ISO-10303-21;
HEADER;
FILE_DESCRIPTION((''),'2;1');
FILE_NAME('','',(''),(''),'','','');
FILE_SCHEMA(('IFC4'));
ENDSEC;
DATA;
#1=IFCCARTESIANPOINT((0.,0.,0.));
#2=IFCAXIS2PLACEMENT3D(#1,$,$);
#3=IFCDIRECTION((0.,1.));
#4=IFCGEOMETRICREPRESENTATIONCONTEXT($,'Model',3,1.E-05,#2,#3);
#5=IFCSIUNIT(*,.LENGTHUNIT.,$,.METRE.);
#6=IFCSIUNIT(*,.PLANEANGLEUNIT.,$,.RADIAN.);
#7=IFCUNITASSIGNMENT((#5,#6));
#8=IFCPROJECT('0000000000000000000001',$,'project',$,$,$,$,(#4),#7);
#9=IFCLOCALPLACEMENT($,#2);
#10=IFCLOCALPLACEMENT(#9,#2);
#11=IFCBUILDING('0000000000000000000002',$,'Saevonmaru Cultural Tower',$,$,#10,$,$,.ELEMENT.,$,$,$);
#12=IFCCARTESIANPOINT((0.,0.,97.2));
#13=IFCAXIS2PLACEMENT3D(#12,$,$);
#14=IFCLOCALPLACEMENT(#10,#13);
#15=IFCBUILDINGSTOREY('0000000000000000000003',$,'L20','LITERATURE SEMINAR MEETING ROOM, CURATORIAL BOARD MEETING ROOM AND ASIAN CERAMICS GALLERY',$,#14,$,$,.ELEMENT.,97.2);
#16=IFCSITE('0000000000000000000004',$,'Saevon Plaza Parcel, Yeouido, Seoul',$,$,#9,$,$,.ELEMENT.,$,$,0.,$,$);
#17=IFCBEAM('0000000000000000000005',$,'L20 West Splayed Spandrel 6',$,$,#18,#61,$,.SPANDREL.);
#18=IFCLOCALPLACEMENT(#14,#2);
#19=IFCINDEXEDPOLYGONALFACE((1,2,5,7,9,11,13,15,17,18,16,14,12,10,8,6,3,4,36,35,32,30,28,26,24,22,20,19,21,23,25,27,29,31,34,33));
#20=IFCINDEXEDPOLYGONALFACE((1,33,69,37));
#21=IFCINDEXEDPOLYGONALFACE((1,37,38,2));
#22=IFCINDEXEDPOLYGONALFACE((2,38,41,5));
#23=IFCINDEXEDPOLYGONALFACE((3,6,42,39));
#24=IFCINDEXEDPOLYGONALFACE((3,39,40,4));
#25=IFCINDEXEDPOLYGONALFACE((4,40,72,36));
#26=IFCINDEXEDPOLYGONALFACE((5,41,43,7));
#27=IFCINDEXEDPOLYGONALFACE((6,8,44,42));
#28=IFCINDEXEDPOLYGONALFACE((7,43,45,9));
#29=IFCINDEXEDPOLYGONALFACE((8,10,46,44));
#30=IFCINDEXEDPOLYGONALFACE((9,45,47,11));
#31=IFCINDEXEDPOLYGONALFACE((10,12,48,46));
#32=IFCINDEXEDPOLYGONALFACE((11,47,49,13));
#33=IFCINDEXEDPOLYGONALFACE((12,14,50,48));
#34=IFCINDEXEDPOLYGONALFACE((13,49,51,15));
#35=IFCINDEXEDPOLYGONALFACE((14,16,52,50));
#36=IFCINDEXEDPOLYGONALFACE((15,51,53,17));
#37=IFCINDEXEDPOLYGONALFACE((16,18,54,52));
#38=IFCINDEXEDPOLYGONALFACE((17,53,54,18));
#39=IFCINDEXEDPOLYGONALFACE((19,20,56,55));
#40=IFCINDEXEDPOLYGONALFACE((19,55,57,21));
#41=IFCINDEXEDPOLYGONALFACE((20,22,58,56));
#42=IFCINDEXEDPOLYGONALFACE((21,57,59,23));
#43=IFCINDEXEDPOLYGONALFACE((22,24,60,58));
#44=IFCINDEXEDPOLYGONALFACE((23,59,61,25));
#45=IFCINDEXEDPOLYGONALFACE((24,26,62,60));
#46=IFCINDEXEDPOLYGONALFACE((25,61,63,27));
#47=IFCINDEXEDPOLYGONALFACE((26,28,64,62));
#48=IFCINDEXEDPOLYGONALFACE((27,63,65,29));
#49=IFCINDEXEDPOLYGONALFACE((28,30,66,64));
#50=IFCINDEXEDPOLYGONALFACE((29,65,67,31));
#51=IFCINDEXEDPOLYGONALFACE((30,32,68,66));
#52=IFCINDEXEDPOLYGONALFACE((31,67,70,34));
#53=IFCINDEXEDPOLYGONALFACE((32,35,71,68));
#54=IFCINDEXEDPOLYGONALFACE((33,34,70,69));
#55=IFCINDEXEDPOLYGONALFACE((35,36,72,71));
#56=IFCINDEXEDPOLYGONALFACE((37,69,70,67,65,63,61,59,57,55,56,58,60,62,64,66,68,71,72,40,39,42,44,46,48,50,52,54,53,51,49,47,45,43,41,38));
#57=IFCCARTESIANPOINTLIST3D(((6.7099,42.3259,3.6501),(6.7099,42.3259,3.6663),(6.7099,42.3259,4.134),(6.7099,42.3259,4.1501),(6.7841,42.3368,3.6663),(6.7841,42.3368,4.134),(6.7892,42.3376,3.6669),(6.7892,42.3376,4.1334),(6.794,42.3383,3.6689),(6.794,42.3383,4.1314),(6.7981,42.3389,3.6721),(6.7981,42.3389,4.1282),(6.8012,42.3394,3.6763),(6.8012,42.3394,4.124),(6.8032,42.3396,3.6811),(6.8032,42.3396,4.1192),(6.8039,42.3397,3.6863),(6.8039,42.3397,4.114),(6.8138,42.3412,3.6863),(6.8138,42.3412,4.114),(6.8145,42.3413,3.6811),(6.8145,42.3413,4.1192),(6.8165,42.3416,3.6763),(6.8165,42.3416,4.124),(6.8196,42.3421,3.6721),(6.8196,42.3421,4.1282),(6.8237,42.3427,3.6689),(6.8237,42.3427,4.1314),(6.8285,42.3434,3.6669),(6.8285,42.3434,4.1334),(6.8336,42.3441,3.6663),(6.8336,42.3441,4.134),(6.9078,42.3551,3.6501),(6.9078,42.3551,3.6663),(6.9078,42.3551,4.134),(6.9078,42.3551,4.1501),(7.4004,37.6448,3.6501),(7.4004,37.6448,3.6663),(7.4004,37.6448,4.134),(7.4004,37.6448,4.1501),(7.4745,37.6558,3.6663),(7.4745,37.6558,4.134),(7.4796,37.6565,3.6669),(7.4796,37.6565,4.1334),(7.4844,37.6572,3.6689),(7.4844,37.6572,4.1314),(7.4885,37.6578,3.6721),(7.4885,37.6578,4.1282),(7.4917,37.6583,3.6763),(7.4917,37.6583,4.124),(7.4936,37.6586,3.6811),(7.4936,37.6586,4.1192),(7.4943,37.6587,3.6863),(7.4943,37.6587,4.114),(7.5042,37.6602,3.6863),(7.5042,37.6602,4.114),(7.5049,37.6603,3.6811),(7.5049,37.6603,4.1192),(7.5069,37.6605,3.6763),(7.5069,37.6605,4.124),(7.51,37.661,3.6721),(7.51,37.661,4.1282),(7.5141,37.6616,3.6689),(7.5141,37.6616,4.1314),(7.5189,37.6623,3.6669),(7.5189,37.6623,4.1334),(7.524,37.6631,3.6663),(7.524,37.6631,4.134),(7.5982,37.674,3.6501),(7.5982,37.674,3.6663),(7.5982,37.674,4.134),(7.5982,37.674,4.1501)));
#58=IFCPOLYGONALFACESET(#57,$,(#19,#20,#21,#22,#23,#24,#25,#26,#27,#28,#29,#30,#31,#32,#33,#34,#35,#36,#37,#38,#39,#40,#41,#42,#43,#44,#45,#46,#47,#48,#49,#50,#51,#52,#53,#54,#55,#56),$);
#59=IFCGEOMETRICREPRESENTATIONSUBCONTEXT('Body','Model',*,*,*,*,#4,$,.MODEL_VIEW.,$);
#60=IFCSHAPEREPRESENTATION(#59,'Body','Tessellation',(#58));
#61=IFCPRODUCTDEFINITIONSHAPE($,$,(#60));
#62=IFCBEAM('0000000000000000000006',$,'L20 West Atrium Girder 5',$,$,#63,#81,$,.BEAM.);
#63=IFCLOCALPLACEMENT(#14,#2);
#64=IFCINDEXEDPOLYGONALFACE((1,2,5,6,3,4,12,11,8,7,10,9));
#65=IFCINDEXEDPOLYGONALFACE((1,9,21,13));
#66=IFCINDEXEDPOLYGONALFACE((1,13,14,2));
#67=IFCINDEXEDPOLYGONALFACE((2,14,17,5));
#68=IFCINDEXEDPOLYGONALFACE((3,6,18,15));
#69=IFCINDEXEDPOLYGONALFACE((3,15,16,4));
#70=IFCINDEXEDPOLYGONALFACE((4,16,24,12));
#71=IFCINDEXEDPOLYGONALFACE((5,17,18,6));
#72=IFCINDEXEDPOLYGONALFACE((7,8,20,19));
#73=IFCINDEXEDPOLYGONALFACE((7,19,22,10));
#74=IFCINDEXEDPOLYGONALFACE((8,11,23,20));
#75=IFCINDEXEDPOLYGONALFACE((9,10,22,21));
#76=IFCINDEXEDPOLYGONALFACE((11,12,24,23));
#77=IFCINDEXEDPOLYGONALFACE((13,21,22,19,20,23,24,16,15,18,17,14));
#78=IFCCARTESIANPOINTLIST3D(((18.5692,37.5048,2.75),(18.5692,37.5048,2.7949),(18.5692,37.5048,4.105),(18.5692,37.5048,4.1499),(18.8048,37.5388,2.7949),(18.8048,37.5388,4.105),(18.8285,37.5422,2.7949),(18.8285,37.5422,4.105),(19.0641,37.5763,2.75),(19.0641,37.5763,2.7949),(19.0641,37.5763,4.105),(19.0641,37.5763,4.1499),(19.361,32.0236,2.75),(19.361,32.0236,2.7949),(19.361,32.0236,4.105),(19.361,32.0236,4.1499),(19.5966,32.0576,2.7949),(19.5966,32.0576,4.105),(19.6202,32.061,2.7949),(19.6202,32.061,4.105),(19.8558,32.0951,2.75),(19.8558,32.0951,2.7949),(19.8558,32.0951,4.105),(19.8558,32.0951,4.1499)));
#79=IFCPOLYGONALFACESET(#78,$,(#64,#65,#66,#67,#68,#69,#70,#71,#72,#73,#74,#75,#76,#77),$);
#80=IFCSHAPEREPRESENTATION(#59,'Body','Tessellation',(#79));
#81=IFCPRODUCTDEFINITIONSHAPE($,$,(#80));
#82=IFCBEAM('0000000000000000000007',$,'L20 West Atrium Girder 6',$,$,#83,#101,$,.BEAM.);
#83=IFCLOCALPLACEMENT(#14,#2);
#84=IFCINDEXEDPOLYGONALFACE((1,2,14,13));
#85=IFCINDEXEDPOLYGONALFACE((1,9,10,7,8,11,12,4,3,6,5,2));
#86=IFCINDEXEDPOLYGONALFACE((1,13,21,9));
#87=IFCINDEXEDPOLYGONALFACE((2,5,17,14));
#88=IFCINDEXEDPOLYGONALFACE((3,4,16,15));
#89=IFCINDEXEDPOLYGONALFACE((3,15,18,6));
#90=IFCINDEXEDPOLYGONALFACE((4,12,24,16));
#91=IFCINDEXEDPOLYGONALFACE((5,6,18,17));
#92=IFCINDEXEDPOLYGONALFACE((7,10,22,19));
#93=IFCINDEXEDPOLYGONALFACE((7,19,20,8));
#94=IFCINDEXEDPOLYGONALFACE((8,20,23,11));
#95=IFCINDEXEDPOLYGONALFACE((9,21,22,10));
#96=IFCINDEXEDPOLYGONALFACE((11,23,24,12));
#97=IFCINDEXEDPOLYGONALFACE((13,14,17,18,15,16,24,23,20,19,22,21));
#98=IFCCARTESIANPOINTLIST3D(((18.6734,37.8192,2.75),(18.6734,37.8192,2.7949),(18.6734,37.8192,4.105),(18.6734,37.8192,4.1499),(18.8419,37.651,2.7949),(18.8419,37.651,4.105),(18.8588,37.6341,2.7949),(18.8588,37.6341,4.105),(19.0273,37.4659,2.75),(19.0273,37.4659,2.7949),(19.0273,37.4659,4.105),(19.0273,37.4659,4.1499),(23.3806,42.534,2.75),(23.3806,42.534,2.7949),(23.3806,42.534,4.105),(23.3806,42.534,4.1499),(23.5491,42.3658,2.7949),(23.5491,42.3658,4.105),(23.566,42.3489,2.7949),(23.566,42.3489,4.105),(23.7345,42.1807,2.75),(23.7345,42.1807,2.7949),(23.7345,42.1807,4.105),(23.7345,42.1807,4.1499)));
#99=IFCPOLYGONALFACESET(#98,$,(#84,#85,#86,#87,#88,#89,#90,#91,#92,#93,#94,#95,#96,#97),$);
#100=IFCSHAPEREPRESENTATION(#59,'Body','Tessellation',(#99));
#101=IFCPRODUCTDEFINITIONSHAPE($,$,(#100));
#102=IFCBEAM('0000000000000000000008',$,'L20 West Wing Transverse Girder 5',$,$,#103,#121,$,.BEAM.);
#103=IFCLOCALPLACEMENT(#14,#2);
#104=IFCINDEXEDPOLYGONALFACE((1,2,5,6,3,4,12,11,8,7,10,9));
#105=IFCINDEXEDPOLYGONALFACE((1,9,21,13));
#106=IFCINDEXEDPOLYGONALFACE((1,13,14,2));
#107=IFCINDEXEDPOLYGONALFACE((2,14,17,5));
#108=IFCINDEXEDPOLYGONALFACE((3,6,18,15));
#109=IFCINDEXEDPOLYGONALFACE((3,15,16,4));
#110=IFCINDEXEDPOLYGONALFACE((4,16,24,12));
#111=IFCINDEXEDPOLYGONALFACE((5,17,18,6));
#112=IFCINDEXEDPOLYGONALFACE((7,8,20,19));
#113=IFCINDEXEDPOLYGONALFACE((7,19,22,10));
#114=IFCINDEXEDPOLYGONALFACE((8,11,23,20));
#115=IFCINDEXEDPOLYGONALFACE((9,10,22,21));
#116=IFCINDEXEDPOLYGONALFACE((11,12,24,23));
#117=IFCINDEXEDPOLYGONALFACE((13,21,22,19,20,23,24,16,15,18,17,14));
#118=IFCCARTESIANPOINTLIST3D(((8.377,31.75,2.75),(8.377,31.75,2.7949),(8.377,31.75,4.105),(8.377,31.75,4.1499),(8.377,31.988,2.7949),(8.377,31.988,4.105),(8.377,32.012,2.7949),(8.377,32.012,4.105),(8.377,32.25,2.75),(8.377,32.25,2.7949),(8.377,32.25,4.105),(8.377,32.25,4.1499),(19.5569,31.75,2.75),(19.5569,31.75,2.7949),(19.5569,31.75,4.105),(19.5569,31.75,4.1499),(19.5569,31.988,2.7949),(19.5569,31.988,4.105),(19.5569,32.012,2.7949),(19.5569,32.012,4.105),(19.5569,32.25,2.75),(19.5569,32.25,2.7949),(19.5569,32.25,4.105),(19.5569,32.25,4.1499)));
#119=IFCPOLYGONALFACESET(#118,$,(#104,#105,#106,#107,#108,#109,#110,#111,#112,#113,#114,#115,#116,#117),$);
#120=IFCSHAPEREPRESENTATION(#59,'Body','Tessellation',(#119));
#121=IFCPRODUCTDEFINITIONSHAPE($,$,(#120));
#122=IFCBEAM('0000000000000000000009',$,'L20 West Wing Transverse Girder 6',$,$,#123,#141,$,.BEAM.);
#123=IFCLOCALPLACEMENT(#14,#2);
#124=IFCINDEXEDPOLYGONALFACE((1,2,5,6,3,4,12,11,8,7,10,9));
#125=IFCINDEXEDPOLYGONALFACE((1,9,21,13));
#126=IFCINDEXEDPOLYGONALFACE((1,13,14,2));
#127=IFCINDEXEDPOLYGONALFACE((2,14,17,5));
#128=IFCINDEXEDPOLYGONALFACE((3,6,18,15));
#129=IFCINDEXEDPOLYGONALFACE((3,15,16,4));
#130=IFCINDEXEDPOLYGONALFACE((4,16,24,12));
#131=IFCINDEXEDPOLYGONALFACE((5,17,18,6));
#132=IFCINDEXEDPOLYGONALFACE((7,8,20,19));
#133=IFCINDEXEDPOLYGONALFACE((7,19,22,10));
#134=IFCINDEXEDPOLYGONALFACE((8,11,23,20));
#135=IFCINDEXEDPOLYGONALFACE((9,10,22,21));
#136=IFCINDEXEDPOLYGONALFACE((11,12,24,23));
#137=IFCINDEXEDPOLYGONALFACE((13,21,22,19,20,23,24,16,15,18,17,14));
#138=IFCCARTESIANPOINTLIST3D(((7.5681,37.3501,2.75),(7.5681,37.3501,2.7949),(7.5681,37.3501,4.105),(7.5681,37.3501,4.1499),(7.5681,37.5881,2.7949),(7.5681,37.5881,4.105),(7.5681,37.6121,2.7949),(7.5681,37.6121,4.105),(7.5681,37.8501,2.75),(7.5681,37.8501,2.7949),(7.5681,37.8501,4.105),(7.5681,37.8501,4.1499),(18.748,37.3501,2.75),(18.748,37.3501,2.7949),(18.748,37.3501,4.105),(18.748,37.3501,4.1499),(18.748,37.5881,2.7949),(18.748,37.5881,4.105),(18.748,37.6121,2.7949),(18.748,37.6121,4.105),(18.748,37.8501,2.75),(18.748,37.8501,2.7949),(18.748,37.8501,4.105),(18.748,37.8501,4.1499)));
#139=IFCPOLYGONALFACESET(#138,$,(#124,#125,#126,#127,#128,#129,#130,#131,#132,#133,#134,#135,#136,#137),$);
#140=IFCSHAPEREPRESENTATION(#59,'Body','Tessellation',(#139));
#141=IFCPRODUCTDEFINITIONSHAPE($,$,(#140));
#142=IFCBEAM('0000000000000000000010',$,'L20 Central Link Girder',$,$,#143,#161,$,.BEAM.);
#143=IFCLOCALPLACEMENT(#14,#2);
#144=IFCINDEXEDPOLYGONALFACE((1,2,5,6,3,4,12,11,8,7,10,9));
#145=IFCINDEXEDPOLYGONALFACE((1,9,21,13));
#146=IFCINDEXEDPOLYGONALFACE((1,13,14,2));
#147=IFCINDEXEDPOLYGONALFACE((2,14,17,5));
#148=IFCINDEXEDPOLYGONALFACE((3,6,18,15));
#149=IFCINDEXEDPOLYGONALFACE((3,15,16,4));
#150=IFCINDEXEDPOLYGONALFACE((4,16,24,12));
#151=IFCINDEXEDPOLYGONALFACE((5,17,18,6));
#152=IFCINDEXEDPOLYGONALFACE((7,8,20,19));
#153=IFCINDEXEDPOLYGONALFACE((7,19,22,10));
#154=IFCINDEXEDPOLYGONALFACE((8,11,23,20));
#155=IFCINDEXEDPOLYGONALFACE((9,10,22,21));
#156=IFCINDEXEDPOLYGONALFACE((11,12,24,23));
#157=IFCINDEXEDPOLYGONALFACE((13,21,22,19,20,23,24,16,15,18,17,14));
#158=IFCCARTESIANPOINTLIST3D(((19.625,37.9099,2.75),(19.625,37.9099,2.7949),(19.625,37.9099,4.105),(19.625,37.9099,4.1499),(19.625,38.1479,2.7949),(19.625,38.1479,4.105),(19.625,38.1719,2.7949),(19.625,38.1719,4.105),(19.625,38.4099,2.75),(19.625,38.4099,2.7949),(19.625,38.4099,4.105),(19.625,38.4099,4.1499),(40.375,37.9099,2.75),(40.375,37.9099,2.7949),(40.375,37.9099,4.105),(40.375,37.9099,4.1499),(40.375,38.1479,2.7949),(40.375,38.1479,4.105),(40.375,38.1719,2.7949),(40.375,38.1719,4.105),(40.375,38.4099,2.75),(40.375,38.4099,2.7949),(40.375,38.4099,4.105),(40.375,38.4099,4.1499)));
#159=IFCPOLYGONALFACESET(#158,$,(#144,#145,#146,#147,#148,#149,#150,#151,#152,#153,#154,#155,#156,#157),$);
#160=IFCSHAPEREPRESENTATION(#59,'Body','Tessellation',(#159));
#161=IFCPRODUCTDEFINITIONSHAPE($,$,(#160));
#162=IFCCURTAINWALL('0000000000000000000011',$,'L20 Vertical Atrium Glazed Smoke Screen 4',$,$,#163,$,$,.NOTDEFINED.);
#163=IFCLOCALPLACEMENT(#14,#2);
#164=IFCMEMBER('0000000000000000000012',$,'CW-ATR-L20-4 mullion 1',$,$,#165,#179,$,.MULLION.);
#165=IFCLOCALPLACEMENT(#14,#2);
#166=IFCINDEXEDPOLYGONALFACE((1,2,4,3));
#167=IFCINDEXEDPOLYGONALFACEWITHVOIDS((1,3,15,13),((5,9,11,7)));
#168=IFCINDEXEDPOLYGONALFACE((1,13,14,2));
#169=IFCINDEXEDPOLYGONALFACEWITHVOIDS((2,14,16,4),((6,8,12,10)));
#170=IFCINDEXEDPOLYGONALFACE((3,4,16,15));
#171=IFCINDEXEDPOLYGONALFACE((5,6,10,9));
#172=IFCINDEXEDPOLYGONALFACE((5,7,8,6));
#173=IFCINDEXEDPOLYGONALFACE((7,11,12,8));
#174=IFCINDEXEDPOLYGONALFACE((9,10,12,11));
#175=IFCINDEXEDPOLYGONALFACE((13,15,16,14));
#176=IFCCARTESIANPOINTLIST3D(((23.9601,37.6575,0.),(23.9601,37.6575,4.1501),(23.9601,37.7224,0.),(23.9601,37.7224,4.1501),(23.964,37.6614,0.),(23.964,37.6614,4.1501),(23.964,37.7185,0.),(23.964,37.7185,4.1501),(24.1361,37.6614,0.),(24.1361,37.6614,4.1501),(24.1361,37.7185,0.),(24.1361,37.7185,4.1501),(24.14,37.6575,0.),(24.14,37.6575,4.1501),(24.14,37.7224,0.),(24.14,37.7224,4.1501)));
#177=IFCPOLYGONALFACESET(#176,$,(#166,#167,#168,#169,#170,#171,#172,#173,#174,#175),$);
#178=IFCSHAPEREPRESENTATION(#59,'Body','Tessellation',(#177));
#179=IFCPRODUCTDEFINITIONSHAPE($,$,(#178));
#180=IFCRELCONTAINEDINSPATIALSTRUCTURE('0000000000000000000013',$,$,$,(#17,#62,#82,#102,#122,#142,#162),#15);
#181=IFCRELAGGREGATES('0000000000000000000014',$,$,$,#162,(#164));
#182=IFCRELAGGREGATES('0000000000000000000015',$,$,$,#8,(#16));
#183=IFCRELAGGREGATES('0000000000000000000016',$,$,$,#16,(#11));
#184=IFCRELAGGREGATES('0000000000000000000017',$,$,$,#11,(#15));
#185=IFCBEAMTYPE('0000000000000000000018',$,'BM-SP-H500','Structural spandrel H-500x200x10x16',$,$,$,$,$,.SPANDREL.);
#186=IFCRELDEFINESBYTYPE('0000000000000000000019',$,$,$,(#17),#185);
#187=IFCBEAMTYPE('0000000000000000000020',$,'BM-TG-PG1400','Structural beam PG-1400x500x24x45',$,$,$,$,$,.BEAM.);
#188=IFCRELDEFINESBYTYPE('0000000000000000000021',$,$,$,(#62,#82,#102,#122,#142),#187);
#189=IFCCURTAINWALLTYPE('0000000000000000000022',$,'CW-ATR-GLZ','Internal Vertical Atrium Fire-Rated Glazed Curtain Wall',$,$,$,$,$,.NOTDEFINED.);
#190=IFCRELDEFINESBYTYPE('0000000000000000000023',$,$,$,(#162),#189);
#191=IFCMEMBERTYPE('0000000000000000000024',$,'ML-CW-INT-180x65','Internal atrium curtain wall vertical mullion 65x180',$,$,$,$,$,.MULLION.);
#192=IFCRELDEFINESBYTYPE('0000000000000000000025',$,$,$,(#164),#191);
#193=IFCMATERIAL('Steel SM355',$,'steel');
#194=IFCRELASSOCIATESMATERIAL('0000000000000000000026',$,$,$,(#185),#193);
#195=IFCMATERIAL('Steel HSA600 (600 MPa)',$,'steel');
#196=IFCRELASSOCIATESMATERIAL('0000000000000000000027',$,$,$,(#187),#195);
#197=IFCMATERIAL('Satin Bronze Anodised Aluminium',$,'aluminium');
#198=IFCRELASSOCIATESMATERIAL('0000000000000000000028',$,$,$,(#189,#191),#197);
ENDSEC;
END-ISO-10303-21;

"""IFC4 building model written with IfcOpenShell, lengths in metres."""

from ifc_helpers import new_model, si_unit, direction, frame, origin, origin_2d, place, context, subcontext, project, spatial, hollow_rectangle, i_section, extrude, material, material_profile, profile_set, type_object, element, aggregate, save


model = new_model("IFC4")

# Units and contexts
model_context = context("Model", 3, precision=1e-05, world=origin(), true_north=direction((0.0, 1.0)))
body_context = subcontext(model_context, "Body", "Model", "MODEL_VIEW")
ifc_project = project(units=[si_unit("LENGTHUNIT", "METRE"), si_unit("PLANEANGLEUNIT", "RADIAN")], contexts=[model_context])

# Site, building, storey
site_placement = place(None, origin())
site = spatial("IfcSite", under=ifc_project, at=site_placement, Name="Saevon Plaza Parcel, Yeouido, Seoul", CompositionType="ELEMENT", RefElevation=0.0)
building_placement = place(site_placement, origin())
building = spatial("IfcBuilding", under=site, at=building_placement, Name="Saevonmaru Cultural Tower", CompositionType="ELEMENT")
storey_placement = place(building_placement, frame((0.0, 0.0, 97.2)))
storey = spatial("IfcBuildingStorey", under=building, at=storey_placement, Name="L20", Description="LITERATURE SEMINAR MEETING ROOM, CURATORIAL BOARD MEETING ROOM AND ASIAN CERAMICS GALLERY", CompositionType="ELEMENT", Elevation=97.2)

# Shared definitions
ifc_material_1 = material(Name="Steel HSA600 (600 MPa)", Category="steel")

# Beams
ifc_material_2 = material(Name="Steel SM355", Category="steel")
ifc_material_profile_1 = material_profile(ifc_material_2, i_section(OverallWidth=0.2, OverallDepth=0.5, WebThickness=0.01, FlangeThickness=0.0161, FilletRadius=0.02, at=origin_2d()), Name="H-500x200x10x16")
ifc_profile_set_1 = profile_set([ifc_material_profile_1], Name="Steel SM355")
beam_type_1 = type_object("IfcBeamType", Name="BM-SP-H500", Description="Structural spandrel H-500x200x10x16", PredefinedType="SPANDREL", material=ifc_profile_set_1)
beam_1_placement = place(storey_placement, frame((7.4993, 37.6594, 3.9001), z_axis=(-0.145913, 0.989297, 0.0), x_axis=(-0.989297, -0.145913, 0.0)))
element("IfcBeam", 1, at=beam_1_placement, inside=storey, type_object=beam_type_1, Name="L20 West Splayed Spandrel 6", PredefinedType="SPANDREL", context=body_context, shape_type="SweptSolid", body=[
    extrude(i_section(OverallWidth=0.2, OverallDepth=0.5, WebThickness=0.01, FlangeThickness=0.0161, FilletRadius=0.02, at=origin_2d()), origin(), (0.0, 0.0, 1.0), 4.7317),
])
ifc_material_profile_2 = material_profile(ifc_material_1, i_section(OverallWidth=0.5, OverallDepth=1.3999, WebThickness=0.0239, FlangeThickness=0.0449, at=origin_2d()), Name="PG-1400x500x24x45")
ifc_profile_set_2 = profile_set([ifc_material_profile_2], Name="Steel HSA600 (600 MPa)")
beam_type_2 = type_object("IfcBeamType", Name="BM-TG-PG1400", Description="Structural beam PG-1400x500x24x45", PredefinedType="BEAM", material=ifc_profile_set_2)
beam_2_placement = place(storey_placement, frame((19.6084, 32.0593, 3.45), z_axis=(-0.142964, 0.989728, 0.0), x_axis=(-0.989728, -0.142964, 0.0)))
element("IfcBeam", 2, at=beam_2_placement, inside=storey, type_object=beam_type_2, Name="L20 West Atrium Girder 5", PredefinedType="BEAM", context=body_context, shape_type="SweptSolid", body=[
    extrude(i_section(OverallWidth=0.5, OverallDepth=1.3999, WebThickness=0.0239, FlangeThickness=0.0449, at=origin_2d()), origin(), (0.0, 0.0, 1.0), 5.5381),
])
beam_3_placement = place(storey_placement, frame((18.8503, 37.6426, 3.45), z_axis=(0.706539, 0.707675, 0.0), x_axis=(-0.707675, 0.706539, 0.0)))
element("IfcBeam", 3, at=beam_3_placement, inside=storey, type_object=beam_type_2, Name="L20 West Atrium Girder 6", PredefinedType="BEAM", context=body_context, shape_type="SweptSolid", body=[
    extrude(i_section(OverallWidth=0.5, OverallDepth=1.3999, WebThickness=0.0239, FlangeThickness=0.0449, at=origin_2d()), origin(), (0.0, 0.0, 1.0), 6.6624),
])
for number, where, z_axis, x_axis, name in (
    (4, (8.377, 32.0, 3.45), (1.0, 0.0, 0.0), (0.0, 1.0, 0.0), "L20 West Wing Transverse Girder 5"),
    (5, (7.5681, 37.6001, 3.45), (1.0, 0.0, 0.0), (0.0, 1.0, 0.0), "L20 West Wing Transverse Girder 6"),
):
    element("IfcBeam", number, at=place(storey_placement, frame(where, z_axis=z_axis, x_axis=x_axis)), inside=storey, type_object=beam_type_2, Name=name, PredefinedType="BEAM", context=body_context, shape_type="SweptSolid", body=[
        extrude(i_section(OverallWidth=0.5, OverallDepth=1.3999, WebThickness=0.0239, FlangeThickness=0.0449, at=origin_2d()), origin(), (0.0, 0.0, 1.0), 11.1799),
    ])
beam_4_placement = place(storey_placement, frame((19.625, 38.1599, 3.45), z_axis=(1.0, 0.0, 0.0), x_axis=(0.0, 1.0, 0.0)))
element("IfcBeam", 6, at=beam_4_placement, inside=storey, type_object=beam_type_2, Name="L20 Central Link Girder", PredefinedType="BEAM", context=body_context, shape_type="SweptSolid", body=[
    extrude(i_section(OverallWidth=0.5, OverallDepth=1.3999, WebThickness=0.0239, FlangeThickness=0.0449, at=origin_2d()), origin(), (0.0, 0.0, 1.0), 20.75),
])

# Curtain wall, member
ifc_material_3 = material(Name="Satin Bronze Anodised Aluminium", Category="aluminium")
curtain_wall_type_1 = type_object("IfcCurtainWallType", Name="CW-ATR-GLZ", Description="Internal Vertical Atrium Fire-Rated Glazed Curtain Wall", PredefinedType="NOTDEFINED", material=ifc_material_3)
curtain_wall_1_placement = place(storey_placement, origin())
curtain_wall_1 = element("IfcCurtainWall", 7, at=curtain_wall_1_placement, inside=storey, type_object=curtain_wall_type_1, Name="L20 Vertical Atrium Glazed Smoke Screen 4", PredefinedType="NOTDEFINED")
ifc_material_profile_3 = material_profile(ifc_material_3, hollow_rectangle(XDim=0.0649, YDim=0.1799, WallThickness=0.0039, at=origin_2d()), Name="ALU-MULL-180x65x4")
ifc_profile_set_3 = profile_set([ifc_material_profile_3], Name="Satin Bronze Anodised Aluminium")
member_type_1 = type_object("IfcMemberType", Name="ML-CW-INT-180x65", Description="Internal atrium curtain wall vertical mullion 65x180", PredefinedType="MULLION", material=ifc_profile_set_3)
member_1_placement = place(storey_placement, frame((24.05, 37.6899, 0.0), z_axis=(0.0, 0.0, 1.0), x_axis=(0.0, -1.0, 0.0)))
member_1 = element("IfcMember", 8, at=member_1_placement, type_object=member_type_1, Name="CW-ATR-L20-4 mullion 1", PredefinedType="MULLION", context=body_context, shape_type="SweptSolid", body=[
    extrude(hollow_rectangle(XDim=0.0649, YDim=0.1799, WallThickness=0.0039, at=origin_2d()), origin(), (0.0, 0.0, 1.0), 4.1501),
])

aggregate(curtain_wall_1, [member_1])

save(model, "model.ifc")
